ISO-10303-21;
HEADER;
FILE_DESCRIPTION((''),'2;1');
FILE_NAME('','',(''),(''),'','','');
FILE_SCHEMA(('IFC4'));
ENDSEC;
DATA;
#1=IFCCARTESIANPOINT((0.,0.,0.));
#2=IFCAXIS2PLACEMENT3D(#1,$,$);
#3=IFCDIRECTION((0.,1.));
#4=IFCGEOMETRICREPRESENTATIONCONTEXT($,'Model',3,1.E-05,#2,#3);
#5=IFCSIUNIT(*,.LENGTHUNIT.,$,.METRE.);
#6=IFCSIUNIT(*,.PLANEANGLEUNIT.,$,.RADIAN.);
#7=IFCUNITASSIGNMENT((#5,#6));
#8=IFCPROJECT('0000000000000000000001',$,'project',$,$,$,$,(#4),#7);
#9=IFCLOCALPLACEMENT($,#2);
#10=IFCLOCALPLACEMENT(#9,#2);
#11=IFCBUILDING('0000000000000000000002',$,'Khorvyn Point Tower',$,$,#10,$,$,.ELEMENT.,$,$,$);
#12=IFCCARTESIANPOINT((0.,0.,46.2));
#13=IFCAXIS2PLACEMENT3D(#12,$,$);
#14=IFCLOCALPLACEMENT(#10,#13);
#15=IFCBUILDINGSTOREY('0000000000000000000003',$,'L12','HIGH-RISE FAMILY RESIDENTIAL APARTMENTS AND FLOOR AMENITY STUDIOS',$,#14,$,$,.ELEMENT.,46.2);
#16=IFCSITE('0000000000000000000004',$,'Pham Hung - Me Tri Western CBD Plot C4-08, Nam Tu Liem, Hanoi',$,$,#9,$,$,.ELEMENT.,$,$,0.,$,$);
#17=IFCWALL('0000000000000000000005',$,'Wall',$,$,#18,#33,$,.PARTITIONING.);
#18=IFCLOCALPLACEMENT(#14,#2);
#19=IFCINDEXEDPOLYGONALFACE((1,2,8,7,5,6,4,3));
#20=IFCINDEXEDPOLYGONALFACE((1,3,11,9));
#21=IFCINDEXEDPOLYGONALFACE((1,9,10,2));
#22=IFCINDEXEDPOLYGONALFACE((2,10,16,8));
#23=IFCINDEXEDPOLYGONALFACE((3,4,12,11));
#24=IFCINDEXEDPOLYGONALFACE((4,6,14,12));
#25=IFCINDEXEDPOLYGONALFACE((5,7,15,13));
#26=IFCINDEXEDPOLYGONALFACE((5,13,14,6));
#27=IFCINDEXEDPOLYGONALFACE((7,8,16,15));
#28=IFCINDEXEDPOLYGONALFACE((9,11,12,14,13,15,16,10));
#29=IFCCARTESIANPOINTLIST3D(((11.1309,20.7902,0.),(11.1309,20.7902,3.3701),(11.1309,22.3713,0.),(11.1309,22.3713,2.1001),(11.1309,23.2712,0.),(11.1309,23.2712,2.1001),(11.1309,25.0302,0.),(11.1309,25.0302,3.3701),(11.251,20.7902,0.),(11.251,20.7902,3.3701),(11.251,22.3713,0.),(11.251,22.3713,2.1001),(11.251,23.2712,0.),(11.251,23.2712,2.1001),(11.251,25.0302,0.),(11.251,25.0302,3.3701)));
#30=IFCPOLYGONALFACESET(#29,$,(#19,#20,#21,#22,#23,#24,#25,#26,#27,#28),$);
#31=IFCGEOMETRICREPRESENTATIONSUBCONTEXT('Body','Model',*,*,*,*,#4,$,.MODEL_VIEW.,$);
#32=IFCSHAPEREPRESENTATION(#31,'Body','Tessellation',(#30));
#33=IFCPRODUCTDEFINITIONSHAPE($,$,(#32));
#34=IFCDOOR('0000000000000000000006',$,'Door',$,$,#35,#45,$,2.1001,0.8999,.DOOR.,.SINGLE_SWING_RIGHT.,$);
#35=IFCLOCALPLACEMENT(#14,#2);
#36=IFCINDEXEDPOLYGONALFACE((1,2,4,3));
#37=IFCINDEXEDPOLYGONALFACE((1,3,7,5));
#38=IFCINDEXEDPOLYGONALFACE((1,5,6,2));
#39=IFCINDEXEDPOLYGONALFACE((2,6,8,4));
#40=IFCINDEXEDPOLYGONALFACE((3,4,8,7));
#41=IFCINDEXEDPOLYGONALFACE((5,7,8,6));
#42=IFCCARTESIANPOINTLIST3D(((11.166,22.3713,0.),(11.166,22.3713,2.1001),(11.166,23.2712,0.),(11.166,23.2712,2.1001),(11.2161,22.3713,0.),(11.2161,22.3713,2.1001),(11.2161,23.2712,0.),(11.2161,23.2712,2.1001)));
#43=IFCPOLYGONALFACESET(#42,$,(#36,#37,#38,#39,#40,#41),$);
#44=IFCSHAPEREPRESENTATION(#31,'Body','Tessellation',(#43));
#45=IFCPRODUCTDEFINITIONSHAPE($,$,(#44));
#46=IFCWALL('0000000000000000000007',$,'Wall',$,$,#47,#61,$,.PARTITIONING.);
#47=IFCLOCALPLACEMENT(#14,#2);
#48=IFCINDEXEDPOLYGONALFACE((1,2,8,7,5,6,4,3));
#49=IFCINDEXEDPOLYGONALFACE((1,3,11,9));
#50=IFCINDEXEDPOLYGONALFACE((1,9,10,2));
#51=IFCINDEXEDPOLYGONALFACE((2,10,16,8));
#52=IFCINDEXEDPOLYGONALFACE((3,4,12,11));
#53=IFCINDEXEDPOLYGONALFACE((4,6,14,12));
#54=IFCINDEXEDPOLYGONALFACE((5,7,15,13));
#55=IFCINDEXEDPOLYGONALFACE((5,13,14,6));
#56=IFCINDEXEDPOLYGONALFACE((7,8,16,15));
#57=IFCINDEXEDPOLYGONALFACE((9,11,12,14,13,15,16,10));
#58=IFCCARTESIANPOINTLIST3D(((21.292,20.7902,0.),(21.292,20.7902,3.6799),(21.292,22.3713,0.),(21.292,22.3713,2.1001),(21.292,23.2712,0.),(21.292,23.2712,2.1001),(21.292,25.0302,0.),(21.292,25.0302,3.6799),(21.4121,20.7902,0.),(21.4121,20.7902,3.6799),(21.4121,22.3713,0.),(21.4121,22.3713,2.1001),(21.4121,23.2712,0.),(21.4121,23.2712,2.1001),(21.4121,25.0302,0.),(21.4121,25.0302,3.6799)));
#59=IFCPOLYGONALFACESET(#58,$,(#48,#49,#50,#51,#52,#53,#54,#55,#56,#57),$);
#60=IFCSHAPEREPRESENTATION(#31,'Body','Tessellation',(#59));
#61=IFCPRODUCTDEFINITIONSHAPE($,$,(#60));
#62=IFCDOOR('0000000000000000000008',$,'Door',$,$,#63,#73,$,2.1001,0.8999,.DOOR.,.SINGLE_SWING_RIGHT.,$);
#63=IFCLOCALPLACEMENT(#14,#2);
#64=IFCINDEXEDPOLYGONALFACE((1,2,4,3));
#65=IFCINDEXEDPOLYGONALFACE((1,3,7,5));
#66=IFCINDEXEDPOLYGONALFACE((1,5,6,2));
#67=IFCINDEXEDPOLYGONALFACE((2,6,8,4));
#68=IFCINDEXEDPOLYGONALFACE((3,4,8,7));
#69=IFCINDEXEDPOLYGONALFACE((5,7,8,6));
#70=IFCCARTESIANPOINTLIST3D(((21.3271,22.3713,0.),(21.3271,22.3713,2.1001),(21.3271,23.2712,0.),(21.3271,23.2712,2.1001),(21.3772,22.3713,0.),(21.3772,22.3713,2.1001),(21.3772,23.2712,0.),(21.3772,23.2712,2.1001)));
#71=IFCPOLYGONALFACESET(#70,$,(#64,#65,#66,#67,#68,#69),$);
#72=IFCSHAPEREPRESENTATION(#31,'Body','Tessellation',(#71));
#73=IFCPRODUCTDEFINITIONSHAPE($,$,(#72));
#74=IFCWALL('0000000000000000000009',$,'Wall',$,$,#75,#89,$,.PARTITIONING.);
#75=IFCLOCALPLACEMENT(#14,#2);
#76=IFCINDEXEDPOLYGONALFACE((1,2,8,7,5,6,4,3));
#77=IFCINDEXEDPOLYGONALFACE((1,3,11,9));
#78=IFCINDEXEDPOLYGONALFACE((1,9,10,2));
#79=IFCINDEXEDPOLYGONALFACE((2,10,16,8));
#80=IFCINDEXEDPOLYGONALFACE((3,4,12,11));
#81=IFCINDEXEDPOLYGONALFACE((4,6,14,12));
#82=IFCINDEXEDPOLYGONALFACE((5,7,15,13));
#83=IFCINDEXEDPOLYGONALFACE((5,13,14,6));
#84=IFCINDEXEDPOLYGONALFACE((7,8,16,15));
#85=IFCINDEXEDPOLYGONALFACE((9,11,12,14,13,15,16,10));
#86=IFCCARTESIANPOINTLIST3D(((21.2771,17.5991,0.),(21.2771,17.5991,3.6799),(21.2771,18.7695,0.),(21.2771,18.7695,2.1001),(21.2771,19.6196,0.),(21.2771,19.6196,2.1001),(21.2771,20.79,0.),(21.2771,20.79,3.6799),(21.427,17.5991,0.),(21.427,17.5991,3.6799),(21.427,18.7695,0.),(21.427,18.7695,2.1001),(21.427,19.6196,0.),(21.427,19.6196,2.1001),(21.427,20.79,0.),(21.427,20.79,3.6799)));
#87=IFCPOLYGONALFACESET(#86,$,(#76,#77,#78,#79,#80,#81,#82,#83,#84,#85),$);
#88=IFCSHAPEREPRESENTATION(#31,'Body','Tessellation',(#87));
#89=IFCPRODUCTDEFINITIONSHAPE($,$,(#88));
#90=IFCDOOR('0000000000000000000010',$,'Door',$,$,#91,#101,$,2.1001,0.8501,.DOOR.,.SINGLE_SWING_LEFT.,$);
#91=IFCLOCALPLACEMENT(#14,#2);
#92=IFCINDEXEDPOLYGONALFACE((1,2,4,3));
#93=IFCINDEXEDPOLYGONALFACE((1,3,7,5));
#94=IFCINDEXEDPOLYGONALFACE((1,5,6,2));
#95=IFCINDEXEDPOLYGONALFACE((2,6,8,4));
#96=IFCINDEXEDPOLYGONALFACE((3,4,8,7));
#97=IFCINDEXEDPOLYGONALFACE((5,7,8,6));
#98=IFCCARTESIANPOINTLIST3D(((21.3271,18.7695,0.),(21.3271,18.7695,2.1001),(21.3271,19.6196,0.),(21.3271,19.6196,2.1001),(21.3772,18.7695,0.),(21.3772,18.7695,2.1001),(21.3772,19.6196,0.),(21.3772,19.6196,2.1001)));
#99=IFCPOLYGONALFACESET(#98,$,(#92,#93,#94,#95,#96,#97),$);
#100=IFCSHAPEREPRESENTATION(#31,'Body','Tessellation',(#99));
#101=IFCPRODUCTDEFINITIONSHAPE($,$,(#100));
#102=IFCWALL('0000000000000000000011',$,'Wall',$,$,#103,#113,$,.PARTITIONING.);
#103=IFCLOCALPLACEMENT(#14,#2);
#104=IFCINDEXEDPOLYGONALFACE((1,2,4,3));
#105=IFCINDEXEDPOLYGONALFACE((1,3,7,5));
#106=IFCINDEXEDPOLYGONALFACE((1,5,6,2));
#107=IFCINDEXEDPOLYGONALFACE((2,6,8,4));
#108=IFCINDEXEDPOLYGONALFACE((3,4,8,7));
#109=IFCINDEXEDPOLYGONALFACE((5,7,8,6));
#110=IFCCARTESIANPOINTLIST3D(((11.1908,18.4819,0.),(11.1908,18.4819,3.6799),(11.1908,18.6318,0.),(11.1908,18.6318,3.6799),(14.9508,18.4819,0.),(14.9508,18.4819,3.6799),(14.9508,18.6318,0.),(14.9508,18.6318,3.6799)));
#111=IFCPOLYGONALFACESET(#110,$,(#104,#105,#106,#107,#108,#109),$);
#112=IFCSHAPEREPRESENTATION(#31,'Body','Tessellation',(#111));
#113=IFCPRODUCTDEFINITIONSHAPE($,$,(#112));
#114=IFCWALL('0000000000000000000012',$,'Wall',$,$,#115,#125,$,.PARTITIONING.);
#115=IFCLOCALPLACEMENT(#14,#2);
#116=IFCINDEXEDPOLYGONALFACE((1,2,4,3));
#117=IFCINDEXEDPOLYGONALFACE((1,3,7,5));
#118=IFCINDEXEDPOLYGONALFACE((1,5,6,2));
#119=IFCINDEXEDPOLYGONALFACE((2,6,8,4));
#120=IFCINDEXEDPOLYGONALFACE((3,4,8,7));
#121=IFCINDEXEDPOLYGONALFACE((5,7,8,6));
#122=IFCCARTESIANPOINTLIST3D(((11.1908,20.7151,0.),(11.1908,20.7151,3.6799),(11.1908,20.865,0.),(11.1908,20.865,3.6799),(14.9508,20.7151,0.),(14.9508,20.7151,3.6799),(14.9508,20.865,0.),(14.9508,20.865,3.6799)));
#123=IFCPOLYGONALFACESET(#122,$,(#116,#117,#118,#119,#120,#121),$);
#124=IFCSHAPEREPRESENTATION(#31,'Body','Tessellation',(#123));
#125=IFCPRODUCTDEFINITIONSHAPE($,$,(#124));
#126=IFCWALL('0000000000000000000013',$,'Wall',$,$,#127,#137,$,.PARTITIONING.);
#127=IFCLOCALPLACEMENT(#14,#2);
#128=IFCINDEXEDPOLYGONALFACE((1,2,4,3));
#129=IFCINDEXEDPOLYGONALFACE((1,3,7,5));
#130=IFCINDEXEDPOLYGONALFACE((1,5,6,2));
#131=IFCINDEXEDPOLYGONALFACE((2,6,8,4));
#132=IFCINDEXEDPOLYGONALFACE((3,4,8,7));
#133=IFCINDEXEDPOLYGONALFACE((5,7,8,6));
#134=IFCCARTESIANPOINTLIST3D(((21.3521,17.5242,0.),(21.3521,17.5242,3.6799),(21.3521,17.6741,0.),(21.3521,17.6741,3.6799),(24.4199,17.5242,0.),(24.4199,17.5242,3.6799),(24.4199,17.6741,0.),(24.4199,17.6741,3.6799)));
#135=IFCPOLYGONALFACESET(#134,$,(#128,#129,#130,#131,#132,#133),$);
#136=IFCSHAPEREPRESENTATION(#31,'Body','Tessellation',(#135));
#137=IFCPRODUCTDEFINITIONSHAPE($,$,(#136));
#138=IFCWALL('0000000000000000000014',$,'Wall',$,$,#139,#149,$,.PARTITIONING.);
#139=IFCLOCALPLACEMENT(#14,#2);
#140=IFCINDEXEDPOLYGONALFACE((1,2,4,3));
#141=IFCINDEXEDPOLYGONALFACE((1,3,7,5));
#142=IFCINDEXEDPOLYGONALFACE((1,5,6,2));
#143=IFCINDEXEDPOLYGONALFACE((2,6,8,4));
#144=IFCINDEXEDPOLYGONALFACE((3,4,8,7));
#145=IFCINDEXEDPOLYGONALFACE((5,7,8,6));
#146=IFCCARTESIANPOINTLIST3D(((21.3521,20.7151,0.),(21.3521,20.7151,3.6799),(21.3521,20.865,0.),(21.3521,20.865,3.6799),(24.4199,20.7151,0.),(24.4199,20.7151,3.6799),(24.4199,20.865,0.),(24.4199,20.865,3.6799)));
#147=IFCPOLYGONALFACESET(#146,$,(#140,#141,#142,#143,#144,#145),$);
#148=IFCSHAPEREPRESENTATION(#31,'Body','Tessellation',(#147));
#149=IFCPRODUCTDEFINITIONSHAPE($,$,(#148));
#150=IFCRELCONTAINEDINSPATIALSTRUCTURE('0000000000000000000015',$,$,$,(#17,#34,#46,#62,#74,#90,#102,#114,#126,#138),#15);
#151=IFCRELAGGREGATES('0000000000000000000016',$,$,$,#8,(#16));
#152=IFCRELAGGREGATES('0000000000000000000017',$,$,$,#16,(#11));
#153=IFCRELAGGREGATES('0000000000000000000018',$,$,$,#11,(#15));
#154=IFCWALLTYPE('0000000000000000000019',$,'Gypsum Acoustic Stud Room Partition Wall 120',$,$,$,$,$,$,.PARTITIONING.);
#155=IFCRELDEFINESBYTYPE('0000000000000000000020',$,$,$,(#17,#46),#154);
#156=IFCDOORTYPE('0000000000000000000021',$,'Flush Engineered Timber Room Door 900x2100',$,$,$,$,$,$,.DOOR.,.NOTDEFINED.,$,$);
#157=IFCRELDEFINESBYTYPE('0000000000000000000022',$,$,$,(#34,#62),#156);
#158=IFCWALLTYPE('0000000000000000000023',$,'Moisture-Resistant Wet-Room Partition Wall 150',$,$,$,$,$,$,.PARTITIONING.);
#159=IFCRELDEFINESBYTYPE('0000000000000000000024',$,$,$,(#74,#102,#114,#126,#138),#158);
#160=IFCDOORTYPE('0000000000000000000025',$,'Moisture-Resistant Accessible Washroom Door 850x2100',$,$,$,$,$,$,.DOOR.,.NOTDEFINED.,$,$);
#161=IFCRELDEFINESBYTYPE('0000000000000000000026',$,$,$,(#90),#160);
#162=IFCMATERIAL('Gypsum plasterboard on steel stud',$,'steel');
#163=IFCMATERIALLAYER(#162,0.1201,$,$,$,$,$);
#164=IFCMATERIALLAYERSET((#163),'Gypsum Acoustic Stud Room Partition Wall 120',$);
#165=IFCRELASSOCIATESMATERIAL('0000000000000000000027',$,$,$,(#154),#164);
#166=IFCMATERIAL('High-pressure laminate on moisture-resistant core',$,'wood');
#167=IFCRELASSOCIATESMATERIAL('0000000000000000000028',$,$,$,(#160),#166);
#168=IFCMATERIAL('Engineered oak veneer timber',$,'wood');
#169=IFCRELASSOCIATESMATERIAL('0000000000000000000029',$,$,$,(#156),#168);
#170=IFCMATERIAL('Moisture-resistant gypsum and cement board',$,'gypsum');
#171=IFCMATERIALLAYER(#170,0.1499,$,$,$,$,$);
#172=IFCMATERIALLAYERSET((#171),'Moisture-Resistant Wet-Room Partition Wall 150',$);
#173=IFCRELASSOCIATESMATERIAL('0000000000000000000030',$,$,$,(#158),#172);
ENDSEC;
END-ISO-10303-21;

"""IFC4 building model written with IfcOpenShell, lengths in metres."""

from ifc_helpers import new_model, si_unit, direction, frame, frame_2d, origin, place, context, subcontext, project, spatial, rectangle, extrude, material, layer, layer_set, type_object, element, fill, save


model = new_model("IFC4")

# Units and contexts
model_context = context("Model", 3, precision=1e-05, world=origin(), true_north=direction((0.0, 1.0)))
body_context = subcontext(model_context, "Body", "Model", "MODEL_VIEW")
ifc_project = project(units=[si_unit("LENGTHUNIT", "METRE"), si_unit("PLANEANGLEUNIT", "RADIAN")], contexts=[model_context])

# Site, building, storey
site_placement = place(None, origin())
site = spatial("IfcSite", under=ifc_project, at=site_placement, Name="Pham Hung - Me Tri Western CBD Plot C4-08, Nam Tu Liem, Hanoi", CompositionType="ELEMENT", RefElevation=0.0)
building_placement = place(site_placement, origin())
building = spatial("IfcBuilding", under=site, at=building_placement, Name="Khorvyn Point Tower", CompositionType="ELEMENT")
storey_placement = place(building_placement, frame((0.0, 0.0, 46.2)))
storey = spatial("IfcBuildingStorey", under=building, at=storey_placement, Name="L12", Description="HIGH-RISE FAMILY RESIDENTIAL APARTMENTS AND FLOOR AMENITY STUDIOS", CompositionType="ELEMENT", Elevation=46.2)

# Walls, openings, doors
ifc_material_1 = material(Name="Gypsum plasterboard on steel stud", Category="steel")
ifc_layer_1 = layer(ifc_material_1, 0.1201)
ifc_layer_set_1 = layer_set([ifc_layer_1], Name="Gypsum Acoustic Stud Room Partition Wall 120")
wall_type_1 = type_object("IfcWallType", Name="Gypsum Acoustic Stud Room Partition Wall 120", PredefinedType="PARTITIONING", material=ifc_layer_set_1)
ifc_material_2 = material(Name="High-pressure laminate on moisture-resistant core", Category="wood")
door_type_1 = type_object("IfcDoorType", Name="Moisture-Resistant Accessible Washroom Door 850x2100", OperationType="NOTDEFINED", PredefinedType="DOOR", material=ifc_material_2)
wall_1_placement = place(storey_placement, frame((11.1909, 20.79, 0.0), z_axis=(0.0, 0.0, 1.0), x_axis=(0.0, 1.0, 0.0)))
wall_1 = element("IfcWall", 1, at=wall_1_placement, inside=storey, type_object=wall_type_1, Name="Wall", PredefinedType="PARTITIONING", context=body_context, shape_type="SweptSolid", body=[
    extrude(rectangle(XDim=4.24, YDim=0.1201, at=frame_2d((2.1201, 0.0))), origin(), (0.0, 0.0, 1.0), 3.3701),
])
opening_1_placement = place(wall_1_placement, frame((1.5813, 0.0, 0.0)))
opening_1 = element("IfcOpeningElement", 2, at=opening_1_placement, cuts=wall_1, PredefinedType="OPENING", context=body_context, shape_type="SweptSolid", body=[
    extrude(rectangle(XDim=0.8999, YDim=2.1001, at=frame_2d((0.45, 1.05))), frame((0.0, 0.0701, 0.0), z_axis=(0.0, -1.0, 0.0), x_axis=(1.0, 0.0, 0.0)), (0.0, 0.0, 1.0), 0.1401),
])
ifc_material_3 = material(Name="Engineered oak veneer timber", Category="wood")
door_type_2 = type_object("IfcDoorType", Name="Flush Engineered Timber Room Door 900x2100", OperationType="NOTDEFINED", PredefinedType="DOOR", material=ifc_material_3)
door_1_placement = place(opening_1_placement, origin())
door_1 = element("IfcDoor", 3, at=door_1_placement, inside=storey, type_object=door_type_2, Name="Door", OperationType="SINGLE_SWING_RIGHT", OverallHeight=2.1001, OverallWidth=0.8999, PredefinedType="DOOR", context=body_context, shape_type="SweptSolid", body=[
    extrude(rectangle(XDim=0.8999, YDim=2.1001, at=frame_2d((0.45, 1.05))), frame((0.0, 0.0249, 0.0), z_axis=(0.0, -1.0, 0.0), x_axis=(1.0, 0.0, 0.0)), (0.0, 0.0, 1.0), 0.05),
])
fill(opening_1, door_1)
wall_2_placement = place(storey_placement, frame((21.3521, 20.79, 0.0), z_axis=(0.0, 0.0, 1.0), x_axis=(0.0, 1.0, 0.0)))
wall_2 = element("IfcWall", 4, at=wall_2_placement, inside=storey, type_object=wall_type_1, Name="Wall", PredefinedType="PARTITIONING", context=body_context, shape_type="SweptSolid", body=[
    extrude(rectangle(XDim=4.24, YDim=0.1201, at=frame_2d((2.1201, 0.0))), origin(), (0.0, 0.0, 1.0), 3.6799),
])
opening_2_placement = place(wall_2_placement, frame((1.5813, 0.0, 0.0)))
opening_2 = element("IfcOpeningElement", 5, at=opening_2_placement, cuts=wall_2, PredefinedType="OPENING", context=body_context, shape_type="SweptSolid", body=[
    extrude(rectangle(XDim=0.8999, YDim=2.1001, at=frame_2d((0.45, 1.05))), frame((0.0, 0.0701, 0.0), z_axis=(0.0, -1.0, 0.0), x_axis=(1.0, 0.0, 0.0)), (0.0, 0.0, 1.0), 0.1401),
])
door_2_placement = place(opening_2_placement, origin())
door_2 = element("IfcDoor", 6, at=door_2_placement, inside=storey, type_object=door_type_2, Name="Door", OperationType="SINGLE_SWING_RIGHT", OverallHeight=2.1001, OverallWidth=0.8999, PredefinedType="DOOR", context=body_context, shape_type="SweptSolid", body=[
    extrude(rectangle(XDim=0.8999, YDim=2.1001, at=frame_2d((0.45, 1.05))), frame((0.0, 0.0249, 0.0), z_axis=(0.0, -1.0, 0.0), x_axis=(1.0, 0.0, 0.0)), (0.0, 0.0, 1.0), 0.05),
])
fill(opening_2, door_2)
ifc_material_4 = material(Name="Moisture-resistant gypsum and cement board", Category="gypsum")
ifc_layer_2 = layer(ifc_material_4, 0.1499)
ifc_layer_set_2 = layer_set([ifc_layer_2], Name="Moisture-Resistant Wet-Room Partition Wall 150")
wall_type_2 = type_object("IfcWallType", Name="Moisture-Resistant Wet-Room Partition Wall 150", PredefinedType="PARTITIONING", material=ifc_layer_set_2)
wall_3_placement = place(storey_placement, frame((21.3521, 17.5991, 0.0), z_axis=(0.0, 0.0, 1.0), x_axis=(0.0, 1.0, 0.0)))
wall_3 = element("IfcWall", 7, at=wall_3_placement, inside=storey, type_object=wall_type_2, Name="Wall", PredefinedType="PARTITIONING", context=body_context, shape_type="SweptSolid", body=[
    extrude(rectangle(XDim=3.1909, YDim=0.1499, at=frame_2d((1.5955, 0.0))), origin(), (0.0, 0.0, 1.0), 3.6799),
])
opening_3_placement = place(wall_3_placement, frame((1.1704, 0.0, 0.0)))
opening_3 = element("IfcOpeningElement", 8, at=opening_3_placement, cuts=wall_3, PredefinedType="OPENING", context=body_context, shape_type="SweptSolid", body=[
    extrude(rectangle(XDim=0.8501, YDim=2.1001, at=frame_2d((0.425, 1.05))), frame((0.0, 0.085, 0.0), z_axis=(0.0, -1.0, 0.0), x_axis=(1.0, 0.0, 0.0)), (0.0, 0.0, 1.0), 0.1699),
])
door_3_placement = place(opening_3_placement, origin())
door_3 = element("IfcDoor", 9, at=door_3_placement, inside=storey, type_object=door_type_1, Name="Door", OperationType="SINGLE_SWING_LEFT", OverallHeight=2.1001, OverallWidth=0.8501, PredefinedType="DOOR", context=body_context, shape_type="SweptSolid", body=[
    extrude(rectangle(XDim=0.8501, YDim=2.1001, at=frame_2d((0.425, 1.05))), frame((0.0, 0.0249, 0.0), z_axis=(0.0, -1.0, 0.0), x_axis=(1.0, 0.0, 0.0)), (0.0, 0.0, 1.0), 0.05),
])
fill(opening_3, door_3)

# Walls
for number, where, z_axis, x_axis, name in (
    (10, (11.1909, 18.5569, 0.0), (0.0, 0.0, 1.0), (1.0, 0.0, 0.0), "Wall"),
    (11, (11.1909, 20.79, 0.0), (0.0, 0.0, 1.0), (1.0, 0.0, 0.0), "Wall"),
):
    element("IfcWall", number, at=place(storey_placement, frame(where, z_axis=z_axis, x_axis=x_axis)), inside=storey, type_object=wall_type_2, Name=name, PredefinedType="PARTITIONING", context=body_context, shape_type="SweptSolid", body=[
        extrude(rectangle(XDim=3.76, YDim=0.1499, at=frame_2d((1.8799, 0.0))), origin(), (0.0, 0.0, 1.0), 3.6799),
    ])
for number, where, z_axis, x_axis, name in (
    (12, (21.3521, 17.5991, 0.0), (0.0, 0.0, 1.0), (1.0, 0.0, 0.0), "Wall"),
    (13, (21.3521, 20.79, 0.0), (0.0, 0.0, 1.0), (1.0, 0.0, 0.0), "Wall"),
):
    element("IfcWall", number, at=place(storey_placement, frame(where, z_axis=z_axis, x_axis=x_axis)), inside=storey, type_object=wall_type_2, Name=name, PredefinedType="PARTITIONING", context=body_context, shape_type="SweptSolid", body=[
        extrude(rectangle(XDim=3.0679, YDim=0.1499, at=frame_2d((1.5339, 0.0))), origin(), (0.0, 0.0, 1.0), 3.6799),
    ])

save(model, "model.ifc")
